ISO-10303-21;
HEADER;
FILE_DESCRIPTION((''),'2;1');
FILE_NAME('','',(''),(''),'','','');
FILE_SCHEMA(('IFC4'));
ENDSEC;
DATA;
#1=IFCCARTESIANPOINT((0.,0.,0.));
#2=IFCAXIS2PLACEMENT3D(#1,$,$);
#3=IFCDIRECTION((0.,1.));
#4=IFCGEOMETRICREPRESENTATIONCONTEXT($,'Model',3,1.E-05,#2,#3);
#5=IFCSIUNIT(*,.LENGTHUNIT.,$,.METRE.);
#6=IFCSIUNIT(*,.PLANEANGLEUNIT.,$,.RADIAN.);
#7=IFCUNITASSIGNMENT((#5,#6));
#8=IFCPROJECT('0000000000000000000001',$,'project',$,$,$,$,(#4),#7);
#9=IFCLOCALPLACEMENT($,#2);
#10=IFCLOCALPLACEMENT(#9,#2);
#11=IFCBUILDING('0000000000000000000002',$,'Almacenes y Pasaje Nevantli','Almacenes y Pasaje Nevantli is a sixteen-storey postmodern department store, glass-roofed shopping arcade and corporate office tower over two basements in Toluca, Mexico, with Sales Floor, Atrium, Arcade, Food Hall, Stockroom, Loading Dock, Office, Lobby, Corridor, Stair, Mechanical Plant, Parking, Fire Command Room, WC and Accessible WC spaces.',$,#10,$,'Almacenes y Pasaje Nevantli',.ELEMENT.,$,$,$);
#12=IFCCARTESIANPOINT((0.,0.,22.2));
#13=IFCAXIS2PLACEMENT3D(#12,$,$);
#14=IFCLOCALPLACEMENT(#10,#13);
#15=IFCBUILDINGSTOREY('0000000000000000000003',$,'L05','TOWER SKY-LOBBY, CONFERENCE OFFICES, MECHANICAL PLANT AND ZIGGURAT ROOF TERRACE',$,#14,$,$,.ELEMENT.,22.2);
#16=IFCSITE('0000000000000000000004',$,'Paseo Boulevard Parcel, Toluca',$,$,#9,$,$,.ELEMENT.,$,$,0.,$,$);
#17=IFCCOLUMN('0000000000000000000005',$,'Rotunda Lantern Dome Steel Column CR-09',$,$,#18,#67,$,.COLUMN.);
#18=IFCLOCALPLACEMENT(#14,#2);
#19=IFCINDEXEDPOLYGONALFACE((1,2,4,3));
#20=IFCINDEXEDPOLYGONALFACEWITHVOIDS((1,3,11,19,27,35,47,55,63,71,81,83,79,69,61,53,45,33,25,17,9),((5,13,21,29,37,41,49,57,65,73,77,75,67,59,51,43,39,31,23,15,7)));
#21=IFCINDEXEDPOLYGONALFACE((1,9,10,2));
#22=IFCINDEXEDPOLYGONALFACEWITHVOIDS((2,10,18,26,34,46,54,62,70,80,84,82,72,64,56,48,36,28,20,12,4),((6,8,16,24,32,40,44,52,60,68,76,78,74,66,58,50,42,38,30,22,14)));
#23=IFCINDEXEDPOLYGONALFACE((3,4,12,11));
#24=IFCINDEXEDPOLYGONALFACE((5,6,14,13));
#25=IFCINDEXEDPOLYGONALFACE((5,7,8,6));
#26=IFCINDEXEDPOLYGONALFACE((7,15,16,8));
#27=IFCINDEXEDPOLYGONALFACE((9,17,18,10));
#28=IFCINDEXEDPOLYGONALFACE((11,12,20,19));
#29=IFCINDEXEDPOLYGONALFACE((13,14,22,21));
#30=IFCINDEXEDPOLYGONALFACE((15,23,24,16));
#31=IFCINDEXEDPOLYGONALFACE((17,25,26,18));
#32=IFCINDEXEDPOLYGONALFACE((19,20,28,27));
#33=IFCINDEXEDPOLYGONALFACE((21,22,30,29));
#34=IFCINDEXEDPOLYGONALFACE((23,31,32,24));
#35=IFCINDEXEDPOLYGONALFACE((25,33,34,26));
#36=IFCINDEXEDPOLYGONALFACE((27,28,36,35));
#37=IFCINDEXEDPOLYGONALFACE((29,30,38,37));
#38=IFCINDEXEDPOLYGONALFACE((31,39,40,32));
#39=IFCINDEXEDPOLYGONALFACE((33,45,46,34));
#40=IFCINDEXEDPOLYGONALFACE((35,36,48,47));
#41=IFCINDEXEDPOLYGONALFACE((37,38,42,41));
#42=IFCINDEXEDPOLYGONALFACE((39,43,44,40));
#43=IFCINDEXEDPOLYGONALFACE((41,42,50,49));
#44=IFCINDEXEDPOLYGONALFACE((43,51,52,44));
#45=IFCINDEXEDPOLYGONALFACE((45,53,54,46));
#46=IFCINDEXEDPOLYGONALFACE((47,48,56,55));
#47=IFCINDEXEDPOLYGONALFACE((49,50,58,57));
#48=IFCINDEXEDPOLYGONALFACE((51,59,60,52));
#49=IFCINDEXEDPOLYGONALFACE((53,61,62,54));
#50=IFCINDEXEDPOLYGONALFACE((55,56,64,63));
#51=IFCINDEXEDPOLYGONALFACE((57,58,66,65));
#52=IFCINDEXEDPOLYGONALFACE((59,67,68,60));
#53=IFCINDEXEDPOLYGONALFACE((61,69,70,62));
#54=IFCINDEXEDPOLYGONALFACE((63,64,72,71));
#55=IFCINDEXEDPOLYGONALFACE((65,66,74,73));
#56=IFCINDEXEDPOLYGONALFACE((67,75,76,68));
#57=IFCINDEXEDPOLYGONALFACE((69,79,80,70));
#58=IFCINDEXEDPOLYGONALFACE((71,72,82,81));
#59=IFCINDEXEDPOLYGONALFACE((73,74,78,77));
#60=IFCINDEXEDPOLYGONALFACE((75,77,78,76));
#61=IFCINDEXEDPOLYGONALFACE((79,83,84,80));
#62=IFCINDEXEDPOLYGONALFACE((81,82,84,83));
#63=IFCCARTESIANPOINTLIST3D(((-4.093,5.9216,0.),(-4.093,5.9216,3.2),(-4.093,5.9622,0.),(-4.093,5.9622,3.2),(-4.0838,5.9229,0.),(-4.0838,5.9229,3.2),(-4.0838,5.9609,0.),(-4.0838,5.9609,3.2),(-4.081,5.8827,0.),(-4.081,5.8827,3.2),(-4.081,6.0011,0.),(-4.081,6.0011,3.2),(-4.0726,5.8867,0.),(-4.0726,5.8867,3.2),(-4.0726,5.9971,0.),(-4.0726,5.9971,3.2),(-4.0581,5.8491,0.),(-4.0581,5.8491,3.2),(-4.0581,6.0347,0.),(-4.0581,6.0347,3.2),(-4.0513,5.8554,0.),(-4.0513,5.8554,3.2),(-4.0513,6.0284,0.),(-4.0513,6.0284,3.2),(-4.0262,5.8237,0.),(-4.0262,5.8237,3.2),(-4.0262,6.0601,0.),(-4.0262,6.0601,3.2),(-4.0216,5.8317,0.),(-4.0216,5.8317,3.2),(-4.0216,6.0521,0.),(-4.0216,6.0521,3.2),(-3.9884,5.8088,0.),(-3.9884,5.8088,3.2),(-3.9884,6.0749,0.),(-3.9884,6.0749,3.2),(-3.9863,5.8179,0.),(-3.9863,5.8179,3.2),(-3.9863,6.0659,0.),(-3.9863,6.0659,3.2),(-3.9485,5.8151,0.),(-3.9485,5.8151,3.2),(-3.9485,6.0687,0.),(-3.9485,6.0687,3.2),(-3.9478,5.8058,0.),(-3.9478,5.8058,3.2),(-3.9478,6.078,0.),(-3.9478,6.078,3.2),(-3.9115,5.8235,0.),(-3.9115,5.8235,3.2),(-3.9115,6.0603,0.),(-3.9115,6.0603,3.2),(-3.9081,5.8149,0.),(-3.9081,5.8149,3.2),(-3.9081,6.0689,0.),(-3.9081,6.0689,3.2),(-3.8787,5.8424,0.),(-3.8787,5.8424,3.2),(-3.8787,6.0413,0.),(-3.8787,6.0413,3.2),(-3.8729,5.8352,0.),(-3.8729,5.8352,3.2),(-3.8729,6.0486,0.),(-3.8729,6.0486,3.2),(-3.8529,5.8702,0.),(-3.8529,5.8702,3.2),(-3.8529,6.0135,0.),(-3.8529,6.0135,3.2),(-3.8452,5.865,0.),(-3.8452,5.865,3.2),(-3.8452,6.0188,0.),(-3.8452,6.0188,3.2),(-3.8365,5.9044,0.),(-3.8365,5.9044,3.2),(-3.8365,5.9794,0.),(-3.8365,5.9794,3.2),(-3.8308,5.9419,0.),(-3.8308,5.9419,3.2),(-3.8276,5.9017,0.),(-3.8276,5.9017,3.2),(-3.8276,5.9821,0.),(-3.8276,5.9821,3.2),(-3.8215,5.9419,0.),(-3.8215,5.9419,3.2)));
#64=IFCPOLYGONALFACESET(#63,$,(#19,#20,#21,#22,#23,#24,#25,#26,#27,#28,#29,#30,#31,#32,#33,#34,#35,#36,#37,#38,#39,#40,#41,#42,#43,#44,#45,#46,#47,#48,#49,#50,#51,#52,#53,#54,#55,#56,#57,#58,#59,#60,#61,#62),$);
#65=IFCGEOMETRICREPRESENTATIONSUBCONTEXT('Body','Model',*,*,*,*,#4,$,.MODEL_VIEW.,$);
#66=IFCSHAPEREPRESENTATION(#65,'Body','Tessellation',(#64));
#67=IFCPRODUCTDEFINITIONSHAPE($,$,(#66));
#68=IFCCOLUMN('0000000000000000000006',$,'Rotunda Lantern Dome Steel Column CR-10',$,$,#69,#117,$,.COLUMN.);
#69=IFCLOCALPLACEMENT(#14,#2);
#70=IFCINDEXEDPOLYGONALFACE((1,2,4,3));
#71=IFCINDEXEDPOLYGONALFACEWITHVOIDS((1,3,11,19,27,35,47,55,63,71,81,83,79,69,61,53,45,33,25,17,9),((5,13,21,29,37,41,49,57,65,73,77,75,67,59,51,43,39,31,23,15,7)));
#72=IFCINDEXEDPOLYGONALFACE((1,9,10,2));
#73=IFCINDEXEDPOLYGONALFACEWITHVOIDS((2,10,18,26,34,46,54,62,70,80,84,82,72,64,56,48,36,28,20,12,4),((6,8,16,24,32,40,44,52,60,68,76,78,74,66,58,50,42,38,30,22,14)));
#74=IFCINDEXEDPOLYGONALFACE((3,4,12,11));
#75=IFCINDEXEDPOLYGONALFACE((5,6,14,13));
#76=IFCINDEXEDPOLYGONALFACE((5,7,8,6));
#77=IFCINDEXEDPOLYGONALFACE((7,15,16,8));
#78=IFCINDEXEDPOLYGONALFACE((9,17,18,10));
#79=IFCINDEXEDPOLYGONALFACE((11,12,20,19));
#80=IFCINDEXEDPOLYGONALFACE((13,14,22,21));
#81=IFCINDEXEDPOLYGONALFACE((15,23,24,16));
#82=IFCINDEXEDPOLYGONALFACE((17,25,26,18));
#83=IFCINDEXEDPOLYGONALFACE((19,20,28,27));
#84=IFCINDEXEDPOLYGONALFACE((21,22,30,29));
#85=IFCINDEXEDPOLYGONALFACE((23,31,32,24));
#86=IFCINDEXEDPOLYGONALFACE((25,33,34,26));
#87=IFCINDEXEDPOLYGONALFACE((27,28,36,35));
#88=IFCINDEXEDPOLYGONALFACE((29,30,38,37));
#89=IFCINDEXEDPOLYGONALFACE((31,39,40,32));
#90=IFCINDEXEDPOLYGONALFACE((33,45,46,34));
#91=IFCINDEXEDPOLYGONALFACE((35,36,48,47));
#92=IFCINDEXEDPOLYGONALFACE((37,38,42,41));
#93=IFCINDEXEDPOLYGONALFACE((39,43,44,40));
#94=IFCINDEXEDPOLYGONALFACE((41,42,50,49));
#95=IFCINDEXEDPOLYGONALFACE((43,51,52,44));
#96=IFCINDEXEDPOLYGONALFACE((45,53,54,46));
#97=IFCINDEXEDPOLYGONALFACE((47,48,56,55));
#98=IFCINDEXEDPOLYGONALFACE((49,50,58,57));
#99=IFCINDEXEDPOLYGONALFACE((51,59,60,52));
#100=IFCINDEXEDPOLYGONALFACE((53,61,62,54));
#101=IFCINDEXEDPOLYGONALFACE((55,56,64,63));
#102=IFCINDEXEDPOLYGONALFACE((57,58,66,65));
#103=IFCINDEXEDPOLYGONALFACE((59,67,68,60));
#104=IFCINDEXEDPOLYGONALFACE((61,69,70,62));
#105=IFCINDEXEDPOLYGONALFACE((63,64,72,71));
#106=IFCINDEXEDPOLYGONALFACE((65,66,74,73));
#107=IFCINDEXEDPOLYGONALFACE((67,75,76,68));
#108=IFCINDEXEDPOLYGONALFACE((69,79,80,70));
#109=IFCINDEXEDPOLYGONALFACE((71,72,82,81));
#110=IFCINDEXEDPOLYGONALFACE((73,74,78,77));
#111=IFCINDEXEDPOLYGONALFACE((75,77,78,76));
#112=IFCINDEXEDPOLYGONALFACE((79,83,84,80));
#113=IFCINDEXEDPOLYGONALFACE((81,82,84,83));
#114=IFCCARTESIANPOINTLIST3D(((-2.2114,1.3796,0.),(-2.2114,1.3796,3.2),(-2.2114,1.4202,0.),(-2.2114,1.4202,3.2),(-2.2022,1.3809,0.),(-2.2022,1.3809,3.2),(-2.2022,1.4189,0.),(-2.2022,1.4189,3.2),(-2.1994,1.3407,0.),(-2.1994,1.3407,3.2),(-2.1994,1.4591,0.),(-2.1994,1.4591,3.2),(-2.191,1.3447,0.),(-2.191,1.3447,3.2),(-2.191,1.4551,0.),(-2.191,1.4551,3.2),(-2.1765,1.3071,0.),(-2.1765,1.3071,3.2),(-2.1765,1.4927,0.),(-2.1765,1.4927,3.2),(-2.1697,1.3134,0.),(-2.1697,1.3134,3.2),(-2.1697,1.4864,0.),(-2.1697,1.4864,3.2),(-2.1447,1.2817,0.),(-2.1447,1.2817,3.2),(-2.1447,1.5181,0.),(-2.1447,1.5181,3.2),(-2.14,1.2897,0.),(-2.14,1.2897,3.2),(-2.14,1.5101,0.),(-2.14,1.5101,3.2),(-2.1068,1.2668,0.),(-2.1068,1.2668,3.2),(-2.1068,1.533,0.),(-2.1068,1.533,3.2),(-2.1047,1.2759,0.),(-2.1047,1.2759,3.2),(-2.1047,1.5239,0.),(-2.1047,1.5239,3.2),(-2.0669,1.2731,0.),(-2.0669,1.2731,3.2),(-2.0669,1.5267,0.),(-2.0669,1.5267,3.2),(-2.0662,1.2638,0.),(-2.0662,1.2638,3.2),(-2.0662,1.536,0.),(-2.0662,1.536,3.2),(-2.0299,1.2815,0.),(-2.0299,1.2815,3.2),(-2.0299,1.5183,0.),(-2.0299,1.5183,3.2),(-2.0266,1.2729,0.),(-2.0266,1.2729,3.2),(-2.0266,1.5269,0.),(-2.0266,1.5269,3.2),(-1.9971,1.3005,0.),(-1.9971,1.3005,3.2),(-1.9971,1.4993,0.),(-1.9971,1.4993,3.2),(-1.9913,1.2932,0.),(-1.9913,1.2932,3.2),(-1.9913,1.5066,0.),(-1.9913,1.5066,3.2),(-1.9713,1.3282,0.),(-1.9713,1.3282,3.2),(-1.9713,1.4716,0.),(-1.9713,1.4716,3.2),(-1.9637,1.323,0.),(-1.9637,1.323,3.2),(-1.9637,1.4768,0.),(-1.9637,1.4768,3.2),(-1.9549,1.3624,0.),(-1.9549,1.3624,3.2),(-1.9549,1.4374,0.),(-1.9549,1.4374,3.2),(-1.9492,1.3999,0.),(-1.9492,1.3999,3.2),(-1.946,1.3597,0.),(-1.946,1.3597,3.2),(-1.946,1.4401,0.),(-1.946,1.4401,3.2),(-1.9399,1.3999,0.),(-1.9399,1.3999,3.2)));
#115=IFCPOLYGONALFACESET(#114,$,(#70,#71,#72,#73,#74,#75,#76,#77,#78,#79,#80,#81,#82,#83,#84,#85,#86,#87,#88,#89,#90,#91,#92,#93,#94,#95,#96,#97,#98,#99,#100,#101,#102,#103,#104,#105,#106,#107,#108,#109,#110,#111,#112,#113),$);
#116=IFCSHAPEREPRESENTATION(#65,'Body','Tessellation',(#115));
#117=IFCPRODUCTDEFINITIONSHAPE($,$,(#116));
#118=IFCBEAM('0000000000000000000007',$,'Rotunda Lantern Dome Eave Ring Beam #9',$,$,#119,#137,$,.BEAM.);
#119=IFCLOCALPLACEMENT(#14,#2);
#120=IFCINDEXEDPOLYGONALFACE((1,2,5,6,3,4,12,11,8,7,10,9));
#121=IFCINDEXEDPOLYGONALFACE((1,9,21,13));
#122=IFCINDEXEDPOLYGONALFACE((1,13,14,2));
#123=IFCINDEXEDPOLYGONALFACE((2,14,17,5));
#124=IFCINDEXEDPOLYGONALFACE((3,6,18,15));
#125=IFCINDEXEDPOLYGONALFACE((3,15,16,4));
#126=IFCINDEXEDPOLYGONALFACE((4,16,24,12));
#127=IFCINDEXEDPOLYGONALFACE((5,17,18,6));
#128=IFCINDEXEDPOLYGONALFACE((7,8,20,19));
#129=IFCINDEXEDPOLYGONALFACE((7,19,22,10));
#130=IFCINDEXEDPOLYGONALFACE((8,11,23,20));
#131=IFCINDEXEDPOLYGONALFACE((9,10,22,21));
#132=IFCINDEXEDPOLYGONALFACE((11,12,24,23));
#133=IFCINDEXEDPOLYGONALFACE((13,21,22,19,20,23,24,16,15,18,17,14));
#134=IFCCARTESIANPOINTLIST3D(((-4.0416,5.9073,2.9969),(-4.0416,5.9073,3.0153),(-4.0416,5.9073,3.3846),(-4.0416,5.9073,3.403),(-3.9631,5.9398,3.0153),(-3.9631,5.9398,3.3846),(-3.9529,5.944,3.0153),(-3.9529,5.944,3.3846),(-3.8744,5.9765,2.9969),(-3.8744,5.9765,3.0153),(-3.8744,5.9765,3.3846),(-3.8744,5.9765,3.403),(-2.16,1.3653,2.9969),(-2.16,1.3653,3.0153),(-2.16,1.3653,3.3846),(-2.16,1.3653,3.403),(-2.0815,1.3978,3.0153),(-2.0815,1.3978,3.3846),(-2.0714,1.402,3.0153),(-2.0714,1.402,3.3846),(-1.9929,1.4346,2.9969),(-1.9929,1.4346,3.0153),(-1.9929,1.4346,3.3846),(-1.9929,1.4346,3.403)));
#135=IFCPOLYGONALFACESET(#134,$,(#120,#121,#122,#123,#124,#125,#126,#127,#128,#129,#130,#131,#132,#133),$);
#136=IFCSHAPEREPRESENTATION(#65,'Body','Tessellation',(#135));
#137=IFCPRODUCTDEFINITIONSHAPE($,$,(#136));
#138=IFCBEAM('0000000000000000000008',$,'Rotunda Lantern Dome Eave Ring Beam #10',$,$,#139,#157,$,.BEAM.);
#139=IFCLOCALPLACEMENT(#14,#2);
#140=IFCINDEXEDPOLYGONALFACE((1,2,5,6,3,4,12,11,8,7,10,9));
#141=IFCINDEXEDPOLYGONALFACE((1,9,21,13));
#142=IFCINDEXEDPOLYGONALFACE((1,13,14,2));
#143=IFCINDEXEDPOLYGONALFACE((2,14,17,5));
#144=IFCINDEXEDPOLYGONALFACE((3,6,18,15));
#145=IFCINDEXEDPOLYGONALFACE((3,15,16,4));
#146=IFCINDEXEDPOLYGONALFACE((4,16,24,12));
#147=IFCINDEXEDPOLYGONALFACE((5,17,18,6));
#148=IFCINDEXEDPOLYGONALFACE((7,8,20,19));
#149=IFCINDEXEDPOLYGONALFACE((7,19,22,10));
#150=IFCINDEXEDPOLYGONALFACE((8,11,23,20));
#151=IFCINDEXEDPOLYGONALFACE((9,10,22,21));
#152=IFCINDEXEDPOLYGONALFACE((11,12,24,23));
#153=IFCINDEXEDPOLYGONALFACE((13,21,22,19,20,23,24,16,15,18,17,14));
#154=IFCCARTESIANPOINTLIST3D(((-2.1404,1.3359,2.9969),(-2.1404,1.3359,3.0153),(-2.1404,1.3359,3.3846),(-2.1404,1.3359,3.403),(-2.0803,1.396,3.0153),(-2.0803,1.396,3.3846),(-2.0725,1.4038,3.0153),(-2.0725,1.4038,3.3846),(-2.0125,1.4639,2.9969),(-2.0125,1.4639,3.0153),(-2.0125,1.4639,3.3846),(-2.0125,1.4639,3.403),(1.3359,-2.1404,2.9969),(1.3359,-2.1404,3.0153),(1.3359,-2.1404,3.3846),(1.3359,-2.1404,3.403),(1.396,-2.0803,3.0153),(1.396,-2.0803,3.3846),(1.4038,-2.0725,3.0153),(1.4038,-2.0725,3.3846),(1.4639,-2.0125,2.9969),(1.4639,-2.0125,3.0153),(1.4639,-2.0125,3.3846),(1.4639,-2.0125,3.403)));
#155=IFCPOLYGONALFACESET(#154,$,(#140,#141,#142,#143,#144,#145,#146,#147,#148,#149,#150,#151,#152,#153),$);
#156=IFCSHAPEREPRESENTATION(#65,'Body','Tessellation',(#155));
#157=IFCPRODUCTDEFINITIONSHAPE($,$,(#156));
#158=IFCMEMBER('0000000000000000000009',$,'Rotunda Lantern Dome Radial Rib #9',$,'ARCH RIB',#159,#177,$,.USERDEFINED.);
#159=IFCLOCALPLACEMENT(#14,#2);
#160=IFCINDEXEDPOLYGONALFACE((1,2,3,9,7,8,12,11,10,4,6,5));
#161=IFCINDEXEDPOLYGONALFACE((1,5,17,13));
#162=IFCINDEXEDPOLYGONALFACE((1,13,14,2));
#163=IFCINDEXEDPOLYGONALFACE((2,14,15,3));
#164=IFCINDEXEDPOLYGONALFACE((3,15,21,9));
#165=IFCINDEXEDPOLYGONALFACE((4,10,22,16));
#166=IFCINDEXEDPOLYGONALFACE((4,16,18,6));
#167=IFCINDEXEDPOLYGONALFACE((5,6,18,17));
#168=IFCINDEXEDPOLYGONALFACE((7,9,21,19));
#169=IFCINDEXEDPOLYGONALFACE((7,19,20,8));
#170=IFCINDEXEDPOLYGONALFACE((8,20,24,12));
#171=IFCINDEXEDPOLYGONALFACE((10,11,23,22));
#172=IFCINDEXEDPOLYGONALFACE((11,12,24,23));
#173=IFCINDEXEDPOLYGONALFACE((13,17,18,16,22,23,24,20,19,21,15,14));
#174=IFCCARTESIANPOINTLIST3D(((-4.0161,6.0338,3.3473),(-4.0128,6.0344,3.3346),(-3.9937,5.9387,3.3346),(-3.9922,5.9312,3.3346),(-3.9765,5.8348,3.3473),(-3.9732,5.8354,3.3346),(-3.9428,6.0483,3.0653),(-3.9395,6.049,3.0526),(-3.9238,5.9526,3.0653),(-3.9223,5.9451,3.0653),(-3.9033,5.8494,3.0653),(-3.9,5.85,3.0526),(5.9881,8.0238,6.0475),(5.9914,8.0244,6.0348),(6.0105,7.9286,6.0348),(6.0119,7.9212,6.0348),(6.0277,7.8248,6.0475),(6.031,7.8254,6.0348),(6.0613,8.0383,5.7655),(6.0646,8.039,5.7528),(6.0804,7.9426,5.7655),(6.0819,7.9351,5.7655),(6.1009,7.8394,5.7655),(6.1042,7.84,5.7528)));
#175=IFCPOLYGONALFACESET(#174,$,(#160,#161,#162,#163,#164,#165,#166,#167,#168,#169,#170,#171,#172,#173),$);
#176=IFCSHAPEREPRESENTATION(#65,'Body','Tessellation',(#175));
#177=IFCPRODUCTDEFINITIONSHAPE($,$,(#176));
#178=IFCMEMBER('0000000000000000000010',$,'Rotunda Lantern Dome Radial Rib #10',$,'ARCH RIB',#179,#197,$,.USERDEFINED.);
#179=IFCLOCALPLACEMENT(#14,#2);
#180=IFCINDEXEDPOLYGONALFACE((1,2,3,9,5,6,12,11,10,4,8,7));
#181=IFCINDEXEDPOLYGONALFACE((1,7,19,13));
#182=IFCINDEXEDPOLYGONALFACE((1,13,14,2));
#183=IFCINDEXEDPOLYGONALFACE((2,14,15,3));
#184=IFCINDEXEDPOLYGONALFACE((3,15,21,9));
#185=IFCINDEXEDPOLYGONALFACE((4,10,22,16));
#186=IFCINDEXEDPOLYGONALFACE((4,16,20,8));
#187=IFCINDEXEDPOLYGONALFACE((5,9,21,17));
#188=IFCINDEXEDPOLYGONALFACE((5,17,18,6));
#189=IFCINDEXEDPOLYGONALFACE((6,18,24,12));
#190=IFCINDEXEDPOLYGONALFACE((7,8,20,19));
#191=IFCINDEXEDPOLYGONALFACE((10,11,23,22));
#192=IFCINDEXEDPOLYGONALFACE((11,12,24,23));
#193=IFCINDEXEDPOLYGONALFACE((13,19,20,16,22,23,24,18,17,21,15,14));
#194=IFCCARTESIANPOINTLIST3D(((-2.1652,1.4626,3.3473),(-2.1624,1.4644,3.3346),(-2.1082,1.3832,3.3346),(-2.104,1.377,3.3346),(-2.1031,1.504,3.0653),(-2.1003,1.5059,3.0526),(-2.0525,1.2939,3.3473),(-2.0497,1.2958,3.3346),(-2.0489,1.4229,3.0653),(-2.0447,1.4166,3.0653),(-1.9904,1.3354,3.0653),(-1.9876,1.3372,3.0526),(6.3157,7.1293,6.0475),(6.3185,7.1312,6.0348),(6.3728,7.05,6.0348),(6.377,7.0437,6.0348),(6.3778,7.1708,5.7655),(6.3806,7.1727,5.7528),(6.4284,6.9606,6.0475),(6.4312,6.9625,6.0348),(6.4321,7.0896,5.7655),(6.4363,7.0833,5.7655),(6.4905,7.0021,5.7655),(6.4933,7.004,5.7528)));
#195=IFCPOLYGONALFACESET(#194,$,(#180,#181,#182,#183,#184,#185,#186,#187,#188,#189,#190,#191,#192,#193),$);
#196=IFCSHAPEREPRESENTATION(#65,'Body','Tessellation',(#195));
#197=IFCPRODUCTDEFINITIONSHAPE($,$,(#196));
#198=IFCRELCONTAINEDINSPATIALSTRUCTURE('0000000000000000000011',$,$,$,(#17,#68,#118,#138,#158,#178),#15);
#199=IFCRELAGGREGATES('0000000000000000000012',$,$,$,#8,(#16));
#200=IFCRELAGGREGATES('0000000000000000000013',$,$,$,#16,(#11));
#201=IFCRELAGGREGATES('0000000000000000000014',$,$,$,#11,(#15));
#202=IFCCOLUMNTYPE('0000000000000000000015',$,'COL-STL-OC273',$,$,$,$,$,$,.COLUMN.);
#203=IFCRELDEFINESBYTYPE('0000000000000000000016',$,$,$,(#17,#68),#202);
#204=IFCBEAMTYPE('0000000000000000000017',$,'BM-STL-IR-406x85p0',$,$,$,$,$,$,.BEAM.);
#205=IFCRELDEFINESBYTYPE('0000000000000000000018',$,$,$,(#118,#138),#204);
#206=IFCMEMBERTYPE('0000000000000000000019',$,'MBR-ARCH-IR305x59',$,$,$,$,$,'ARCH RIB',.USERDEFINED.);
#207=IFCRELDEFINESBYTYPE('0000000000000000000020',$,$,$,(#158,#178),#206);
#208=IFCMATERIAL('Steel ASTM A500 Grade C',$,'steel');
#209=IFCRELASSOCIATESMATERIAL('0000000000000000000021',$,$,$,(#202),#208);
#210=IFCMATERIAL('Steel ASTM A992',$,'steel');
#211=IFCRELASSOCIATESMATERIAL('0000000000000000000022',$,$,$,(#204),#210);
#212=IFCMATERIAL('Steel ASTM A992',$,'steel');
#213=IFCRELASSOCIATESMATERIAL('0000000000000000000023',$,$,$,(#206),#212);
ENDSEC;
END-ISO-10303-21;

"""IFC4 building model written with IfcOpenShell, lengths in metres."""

from ifc_helpers import new_model, si_unit, direction, frame, origin, origin_2d, place, context, subcontext, project, spatial, hollow_circle, i_section, extrude, material, material_profile, profile_set, type_object, element, save


model = new_model("IFC4")

# Units and contexts
model_context = context("Model", 3, precision=1e-05, world=origin(), true_north=direction((0.0, 1.0)))
body_context = subcontext(model_context, "Body", "Model", "MODEL_VIEW")
ifc_project = project(units=[si_unit("LENGTHUNIT", "METRE"), si_unit("PLANEANGLEUNIT", "RADIAN")], contexts=[model_context])

# Site, building, storey
site_placement = place(None, origin())
site = spatial("IfcSite", under=ifc_project, at=site_placement, Name="Paseo Boulevard Parcel, Toluca", CompositionType="ELEMENT", RefElevation=0.0)
building_placement = place(site_placement, origin())
building = spatial("IfcBuilding", under=site, at=building_placement, Name="Almacenes y Pasaje Nevantli", Description="Almacenes y Pasaje Nevantli is a sixteen-storey postmodern department store, glass-roofed shopping arcade and corporate office tower over two basements in Toluca, Mexico, with Sales Floor, Atrium, Arcade, Food Hall, Stockroom, Loading Dock, Office, Lobby, Corridor, Stair, Mechanical Plant, Parking, Fire Command Room, WC and Accessible WC spaces.", LongName="Almacenes y Pasaje Nevantli", CompositionType="ELEMENT")
storey_placement = place(building_placement, frame((0.0, 0.0, 22.2)))
storey = spatial("IfcBuildingStorey", under=building, at=storey_placement, Name="L05", Description="TOWER SKY-LOBBY, CONFERENCE OFFICES, MECHANICAL PLANT AND ZIGGURAT ROOF TERRACE", CompositionType="ELEMENT", Elevation=22.2)

# Columns
ifc_material_1 = material(Name="Steel ASTM A500 Grade C", Category="steel")
ifc_material_profile_1 = material_profile(ifc_material_1, hollow_circle(Radius=0.1365, WallThickness=0.0093, at=origin_2d()), Name="OC 273x9.3")
ifc_profile_set_1 = profile_set([ifc_material_profile_1], Name="Steel ASTM A500 Grade C")
column_type = type_object("IfcColumnType", Name="COL-STL-OC273", PredefinedType="COLUMN", material=ifc_profile_set_1)
for number, where, z_axis, x_axis, name in (
    (1, (-3.958, 5.9419, 0.0), (0.0, 0.0, 1.0), (1.0, 0.0, 0.0), "Rotunda Lantern Dome Steel Column CR-09"),
    (2, (-2.0764, 1.3999, 0.0), (0.0, 0.0, 1.0), (1.0, 0.0, 0.0), "Rotunda Lantern Dome Steel Column CR-10"),
):
    element("IfcColumn", number, at=place(storey_placement, frame(where, z_axis=z_axis, x_axis=x_axis)), inside=storey, type_object=column_type, Name=name, PredefinedType="COLUMN", context=body_context, shape_type="SweptSolid", body=[
        extrude(hollow_circle(Radius=0.1365, WallThickness=0.0093, at=origin_2d()), origin(), (0.0, 0.0, 1.0), 3.2),
    ])

# Beams
ifc_material_2 = material(Name="Steel ASTM A992", Category="steel")
ifc_material_profile_2 = material_profile(ifc_material_2, i_section(OverallWidth=0.1809, OverallDepth=0.406, WebThickness=0.011, FlangeThickness=0.0183, at=origin_2d()), Name="IR 406x85.0")
ifc_profile_set_2 = profile_set([ifc_material_profile_2], Name="Steel ASTM A992")
beam_type = type_object("IfcBeamType", Name="BM-STL-IR-406x85p0", PredefinedType="BEAM", material=ifc_profile_set_2)
for number, where, z_axis, x_axis, name in (
    (3, (-3.958, 5.9419, 3.2), (0.382725, -0.923862, 0.0), (0.923862, 0.382725, 0.0), "Rotunda Lantern Dome Eave Ring Beam #9"),
    (4, (-2.0764, 1.3999, 3.2), (0.707107, -0.707107, 0.0), (0.707107, 0.707107, 0.0), "Rotunda Lantern Dome Eave Ring Beam #10"),
):
    element("IfcBeam", number, at=place(storey_placement, frame(where, z_axis=z_axis, x_axis=x_axis)), inside=storey, type_object=beam_type, Name=name, PredefinedType="BEAM", context=body_context, shape_type="SweptSolid", body=[
        extrude(i_section(OverallWidth=0.1809, OverallDepth=0.406, WebThickness=0.011, FlangeThickness=0.0183, at=origin_2d()), origin(), (0.0, 0.0, 1.0), 4.9163),
    ])

# Members
ifc_material_3 = material(Name="Steel ASTM A992", Category="steel")
ifc_material_profile_3 = material_profile(ifc_material_3, i_section(OverallWidth=0.2029, OverallDepth=0.3049, WebThickness=0.0076, FlangeThickness=0.0132, at=origin_2d()), Name="IR 305x59.5")
ifc_profile_set_3 = profile_set([ifc_material_profile_3], Name="Steel ASTM A992")
member_type = type_object("IfcMemberType", Name="MBR-ARCH-IR305x59", ElementType="ARCH RIB", PredefinedType="USERDEFINED", material=ifc_profile_set_3)
member_1_placement = place(storey_placement, frame((-3.958, 5.9419, 3.2), z_axis=(0.948126, 0.188598, 0.255906), x_axis=(-0.195094, 0.980785, 0.0)))
element("IfcMember", 5, at=member_1_placement, inside=storey, type_object=member_type, Name="Rotunda Lantern Dome Radial Rib #9", ObjectType="ARCH RIB", PredefinedType="USERDEFINED", context=body_context, shape_type="SweptSolid", body=[
    extrude(i_section(OverallWidth=0.2029, OverallDepth=0.3049, WebThickness=0.0076, FlangeThickness=0.0132, at=origin_2d()), origin(), (0.0, 0.0, 1.0), 10.5515),
])
member_2_placement = place(storey_placement, frame((-2.0764, 1.3999, 3.2), z_axis=(0.803784, 0.537067, 0.255911), x_axis=(-0.555567, 0.831472, 0.0)))
element("IfcMember", 6, at=member_2_placement, inside=storey, type_object=member_type, Name="Rotunda Lantern Dome Radial Rib #10", ObjectType="ARCH RIB", PredefinedType="USERDEFINED", context=body_context, shape_type="SweptSolid", body=[
    extrude(i_section(OverallWidth=0.2029, OverallDepth=0.3049, WebThickness=0.0076, FlangeThickness=0.0132, at=origin_2d()), origin(), (0.0, 0.0, 1.0), 10.5513),
])

save(model, "model.ifc")
